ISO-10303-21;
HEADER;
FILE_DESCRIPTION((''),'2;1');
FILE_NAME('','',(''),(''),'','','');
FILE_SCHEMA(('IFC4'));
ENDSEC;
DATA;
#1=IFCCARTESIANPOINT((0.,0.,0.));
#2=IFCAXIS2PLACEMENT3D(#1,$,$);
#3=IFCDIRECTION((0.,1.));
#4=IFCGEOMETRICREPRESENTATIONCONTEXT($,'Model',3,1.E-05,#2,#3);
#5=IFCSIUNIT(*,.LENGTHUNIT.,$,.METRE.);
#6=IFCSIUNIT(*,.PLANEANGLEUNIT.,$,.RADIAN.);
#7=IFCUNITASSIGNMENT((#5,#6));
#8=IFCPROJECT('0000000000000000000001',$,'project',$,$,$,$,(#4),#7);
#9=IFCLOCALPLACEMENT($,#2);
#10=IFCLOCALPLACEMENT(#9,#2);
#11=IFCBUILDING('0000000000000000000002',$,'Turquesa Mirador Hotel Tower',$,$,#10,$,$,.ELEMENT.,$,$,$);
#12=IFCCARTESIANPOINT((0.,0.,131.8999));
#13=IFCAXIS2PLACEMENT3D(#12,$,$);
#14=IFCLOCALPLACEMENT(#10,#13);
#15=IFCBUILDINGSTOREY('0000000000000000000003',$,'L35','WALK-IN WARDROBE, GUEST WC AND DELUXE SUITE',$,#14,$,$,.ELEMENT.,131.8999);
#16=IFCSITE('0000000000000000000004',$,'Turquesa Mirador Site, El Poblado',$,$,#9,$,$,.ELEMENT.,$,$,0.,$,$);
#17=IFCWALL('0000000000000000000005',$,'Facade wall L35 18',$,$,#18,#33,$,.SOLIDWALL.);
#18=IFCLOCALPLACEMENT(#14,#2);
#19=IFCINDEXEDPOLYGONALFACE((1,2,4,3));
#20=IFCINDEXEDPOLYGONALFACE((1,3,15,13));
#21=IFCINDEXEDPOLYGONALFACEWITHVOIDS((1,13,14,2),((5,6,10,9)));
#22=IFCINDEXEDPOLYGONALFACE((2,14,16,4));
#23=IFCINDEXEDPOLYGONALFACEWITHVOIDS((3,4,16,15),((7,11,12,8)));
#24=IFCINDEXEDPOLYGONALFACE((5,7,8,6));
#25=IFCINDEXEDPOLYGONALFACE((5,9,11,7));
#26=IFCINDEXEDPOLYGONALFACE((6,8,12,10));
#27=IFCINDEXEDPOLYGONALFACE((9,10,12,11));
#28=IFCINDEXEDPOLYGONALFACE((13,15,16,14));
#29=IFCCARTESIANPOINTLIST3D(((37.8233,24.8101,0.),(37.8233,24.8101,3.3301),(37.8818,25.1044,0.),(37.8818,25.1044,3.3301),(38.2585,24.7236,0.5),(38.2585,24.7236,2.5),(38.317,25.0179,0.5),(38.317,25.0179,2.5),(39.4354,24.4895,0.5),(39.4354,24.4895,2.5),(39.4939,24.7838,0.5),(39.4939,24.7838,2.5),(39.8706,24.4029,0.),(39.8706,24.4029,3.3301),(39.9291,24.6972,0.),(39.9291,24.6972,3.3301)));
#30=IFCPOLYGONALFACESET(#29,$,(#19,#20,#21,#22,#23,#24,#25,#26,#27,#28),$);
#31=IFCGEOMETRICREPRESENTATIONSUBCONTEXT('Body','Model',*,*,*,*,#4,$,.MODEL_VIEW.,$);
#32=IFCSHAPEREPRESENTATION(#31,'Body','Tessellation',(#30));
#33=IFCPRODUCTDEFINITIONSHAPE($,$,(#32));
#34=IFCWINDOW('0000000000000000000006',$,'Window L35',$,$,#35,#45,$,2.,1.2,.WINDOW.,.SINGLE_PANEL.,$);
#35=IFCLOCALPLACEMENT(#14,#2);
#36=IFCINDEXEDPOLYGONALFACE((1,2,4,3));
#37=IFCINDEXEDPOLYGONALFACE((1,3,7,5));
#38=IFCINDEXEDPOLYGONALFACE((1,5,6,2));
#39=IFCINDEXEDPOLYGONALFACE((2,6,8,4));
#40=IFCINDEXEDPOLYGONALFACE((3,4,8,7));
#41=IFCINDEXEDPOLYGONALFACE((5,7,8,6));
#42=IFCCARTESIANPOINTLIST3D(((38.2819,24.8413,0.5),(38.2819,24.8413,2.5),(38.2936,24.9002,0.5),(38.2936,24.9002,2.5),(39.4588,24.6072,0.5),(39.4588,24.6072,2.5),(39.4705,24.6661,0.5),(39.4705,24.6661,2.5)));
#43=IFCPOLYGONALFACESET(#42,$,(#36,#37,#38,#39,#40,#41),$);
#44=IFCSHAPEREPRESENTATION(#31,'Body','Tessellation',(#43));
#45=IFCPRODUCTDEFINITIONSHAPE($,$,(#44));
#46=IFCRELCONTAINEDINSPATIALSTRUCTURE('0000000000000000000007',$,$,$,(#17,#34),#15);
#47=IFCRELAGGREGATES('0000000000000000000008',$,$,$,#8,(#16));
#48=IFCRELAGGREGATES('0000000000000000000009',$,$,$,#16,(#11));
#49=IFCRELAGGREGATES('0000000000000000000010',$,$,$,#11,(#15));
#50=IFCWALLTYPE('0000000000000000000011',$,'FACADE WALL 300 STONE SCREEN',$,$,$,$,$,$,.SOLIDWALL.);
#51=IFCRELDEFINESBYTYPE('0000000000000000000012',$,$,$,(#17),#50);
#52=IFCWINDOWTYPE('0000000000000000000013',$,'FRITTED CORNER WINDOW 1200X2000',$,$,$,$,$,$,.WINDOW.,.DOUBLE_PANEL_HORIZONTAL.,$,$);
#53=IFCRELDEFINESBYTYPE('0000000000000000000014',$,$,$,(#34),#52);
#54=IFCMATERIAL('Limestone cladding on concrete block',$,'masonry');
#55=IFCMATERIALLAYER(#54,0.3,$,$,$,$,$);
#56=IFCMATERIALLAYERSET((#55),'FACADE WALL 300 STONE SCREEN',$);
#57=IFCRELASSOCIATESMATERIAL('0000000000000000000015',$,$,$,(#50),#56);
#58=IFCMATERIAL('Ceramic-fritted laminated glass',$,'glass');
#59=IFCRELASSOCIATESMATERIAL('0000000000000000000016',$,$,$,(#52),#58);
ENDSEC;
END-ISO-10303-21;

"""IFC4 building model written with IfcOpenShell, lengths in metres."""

from ifc_helpers import new_model, si_unit, direction, frame, frame_2d, origin, place, context, subcontext, project, spatial, rectangle, extrude, material, layer, layer_set, type_object, element, fill, save


model = new_model("IFC4")

# Units and contexts
model_context = context("Model", 3, precision=1e-05, world=origin(), true_north=direction((0.0, 1.0)))
body_context = subcontext(model_context, "Body", "Model", "MODEL_VIEW")
ifc_project = project(units=[si_unit("LENGTHUNIT", "METRE"), si_unit("PLANEANGLEUNIT", "RADIAN")], contexts=[model_context])

# Site, building, storey
site_placement = place(None, origin())
site = spatial("IfcSite", under=ifc_project, at=site_placement, Name="Turquesa Mirador Site, El Poblado", CompositionType="ELEMENT", RefElevation=0.0)
building_placement = place(site_placement, origin())
building = spatial("IfcBuilding", under=site, at=building_placement, Name="Turquesa Mirador Hotel Tower", CompositionType="ELEMENT")
storey_placement = place(building_placement, frame((0.0, 0.0, 131.8999)))
storey = spatial("IfcBuildingStorey", under=building, at=storey_placement, Name="L35", Description="WALK-IN WARDROBE, GUEST WC AND DELUXE SUITE", CompositionType="ELEMENT", Elevation=131.8999)

# Wall, opening, window
ifc_material_1 = material(Name="Limestone cladding on concrete block", Category="masonry")
ifc_layer_1 = layer(ifc_material_1, 0.3)
ifc_layer_set_1 = layer_set([ifc_layer_1], Name="FACADE WALL 300 STONE SCREEN")
wall_type_1 = type_object("IfcWallType", Name="FACADE WALL 300 STONE SCREEN", PredefinedType="SOLIDWALL", material=ifc_layer_set_1)
ifc_material_2 = material(Name="Ceramic-fritted laminated glass", Category="glass")
window_type_1 = type_object("IfcWindowType", Name="FRITTED CORNER WINDOW 1200X2000", PartitioningType="DOUBLE_PANEL_HORIZONTAL", PredefinedType="WINDOW", material=ifc_material_2)
wall_1_placement = place(storey_placement, frame((37.8525, 24.9573, 0.0), z_axis=(0.0, 0.0, 1.0), x_axis=(0.980787, -0.195081, 0.0)))
wall_1 = element("IfcWall", 1, at=wall_1_placement, inside=storey, type_object=wall_type_1, Name="Facade wall L35 18", PredefinedType="SOLIDWALL", context=body_context, shape_type="SweptSolid", body=[
    extrude(rectangle(XDim=2.0874, YDim=0.3, at=frame_2d((1.0437, 0.0))), origin(), (0.0, 0.0, 1.0), 3.3301),
])
opening_1_placement = place(wall_1_placement, frame((0.4436, 0.0, 0.5)))
opening_1 = element("IfcOpeningElement", 2, at=opening_1_placement, cuts=wall_1, PredefinedType="OPENING", context=body_context, shape_type="SweptSolid", body=[
    extrude(rectangle(XDim=1.2, YDim=2.0, at=frame_2d((0.6001, 1.0))), frame((0.0, 0.1599, 0.0), z_axis=(0.0, -1.0, 0.0), x_axis=(1.0, 0.0, 0.0)), (0.0, 0.0, 1.0), 0.3201),
])
window_1_placement = place(opening_1_placement, origin())
window_1 = element("IfcWindow", 3, at=window_1_placement, inside=storey, type_object=window_type_1, Name="Window L35", OverallHeight=2.0, OverallWidth=1.2, PartitioningType="SINGLE_PANEL", PredefinedType="WINDOW", context=body_context, shape_type="SweptSolid", body=[
    extrude(rectangle(XDim=1.2, YDim=2.0, at=frame_2d((0.6001, 1.0))), frame((0.0, 0.03, 0.0), z_axis=(0.0, -1.0, 0.0), x_axis=(1.0, 0.0, 0.0)), (0.0, 0.0, 1.0), 0.0601),
])
fill(opening_1, window_1)

save(model, "model.ifc")
